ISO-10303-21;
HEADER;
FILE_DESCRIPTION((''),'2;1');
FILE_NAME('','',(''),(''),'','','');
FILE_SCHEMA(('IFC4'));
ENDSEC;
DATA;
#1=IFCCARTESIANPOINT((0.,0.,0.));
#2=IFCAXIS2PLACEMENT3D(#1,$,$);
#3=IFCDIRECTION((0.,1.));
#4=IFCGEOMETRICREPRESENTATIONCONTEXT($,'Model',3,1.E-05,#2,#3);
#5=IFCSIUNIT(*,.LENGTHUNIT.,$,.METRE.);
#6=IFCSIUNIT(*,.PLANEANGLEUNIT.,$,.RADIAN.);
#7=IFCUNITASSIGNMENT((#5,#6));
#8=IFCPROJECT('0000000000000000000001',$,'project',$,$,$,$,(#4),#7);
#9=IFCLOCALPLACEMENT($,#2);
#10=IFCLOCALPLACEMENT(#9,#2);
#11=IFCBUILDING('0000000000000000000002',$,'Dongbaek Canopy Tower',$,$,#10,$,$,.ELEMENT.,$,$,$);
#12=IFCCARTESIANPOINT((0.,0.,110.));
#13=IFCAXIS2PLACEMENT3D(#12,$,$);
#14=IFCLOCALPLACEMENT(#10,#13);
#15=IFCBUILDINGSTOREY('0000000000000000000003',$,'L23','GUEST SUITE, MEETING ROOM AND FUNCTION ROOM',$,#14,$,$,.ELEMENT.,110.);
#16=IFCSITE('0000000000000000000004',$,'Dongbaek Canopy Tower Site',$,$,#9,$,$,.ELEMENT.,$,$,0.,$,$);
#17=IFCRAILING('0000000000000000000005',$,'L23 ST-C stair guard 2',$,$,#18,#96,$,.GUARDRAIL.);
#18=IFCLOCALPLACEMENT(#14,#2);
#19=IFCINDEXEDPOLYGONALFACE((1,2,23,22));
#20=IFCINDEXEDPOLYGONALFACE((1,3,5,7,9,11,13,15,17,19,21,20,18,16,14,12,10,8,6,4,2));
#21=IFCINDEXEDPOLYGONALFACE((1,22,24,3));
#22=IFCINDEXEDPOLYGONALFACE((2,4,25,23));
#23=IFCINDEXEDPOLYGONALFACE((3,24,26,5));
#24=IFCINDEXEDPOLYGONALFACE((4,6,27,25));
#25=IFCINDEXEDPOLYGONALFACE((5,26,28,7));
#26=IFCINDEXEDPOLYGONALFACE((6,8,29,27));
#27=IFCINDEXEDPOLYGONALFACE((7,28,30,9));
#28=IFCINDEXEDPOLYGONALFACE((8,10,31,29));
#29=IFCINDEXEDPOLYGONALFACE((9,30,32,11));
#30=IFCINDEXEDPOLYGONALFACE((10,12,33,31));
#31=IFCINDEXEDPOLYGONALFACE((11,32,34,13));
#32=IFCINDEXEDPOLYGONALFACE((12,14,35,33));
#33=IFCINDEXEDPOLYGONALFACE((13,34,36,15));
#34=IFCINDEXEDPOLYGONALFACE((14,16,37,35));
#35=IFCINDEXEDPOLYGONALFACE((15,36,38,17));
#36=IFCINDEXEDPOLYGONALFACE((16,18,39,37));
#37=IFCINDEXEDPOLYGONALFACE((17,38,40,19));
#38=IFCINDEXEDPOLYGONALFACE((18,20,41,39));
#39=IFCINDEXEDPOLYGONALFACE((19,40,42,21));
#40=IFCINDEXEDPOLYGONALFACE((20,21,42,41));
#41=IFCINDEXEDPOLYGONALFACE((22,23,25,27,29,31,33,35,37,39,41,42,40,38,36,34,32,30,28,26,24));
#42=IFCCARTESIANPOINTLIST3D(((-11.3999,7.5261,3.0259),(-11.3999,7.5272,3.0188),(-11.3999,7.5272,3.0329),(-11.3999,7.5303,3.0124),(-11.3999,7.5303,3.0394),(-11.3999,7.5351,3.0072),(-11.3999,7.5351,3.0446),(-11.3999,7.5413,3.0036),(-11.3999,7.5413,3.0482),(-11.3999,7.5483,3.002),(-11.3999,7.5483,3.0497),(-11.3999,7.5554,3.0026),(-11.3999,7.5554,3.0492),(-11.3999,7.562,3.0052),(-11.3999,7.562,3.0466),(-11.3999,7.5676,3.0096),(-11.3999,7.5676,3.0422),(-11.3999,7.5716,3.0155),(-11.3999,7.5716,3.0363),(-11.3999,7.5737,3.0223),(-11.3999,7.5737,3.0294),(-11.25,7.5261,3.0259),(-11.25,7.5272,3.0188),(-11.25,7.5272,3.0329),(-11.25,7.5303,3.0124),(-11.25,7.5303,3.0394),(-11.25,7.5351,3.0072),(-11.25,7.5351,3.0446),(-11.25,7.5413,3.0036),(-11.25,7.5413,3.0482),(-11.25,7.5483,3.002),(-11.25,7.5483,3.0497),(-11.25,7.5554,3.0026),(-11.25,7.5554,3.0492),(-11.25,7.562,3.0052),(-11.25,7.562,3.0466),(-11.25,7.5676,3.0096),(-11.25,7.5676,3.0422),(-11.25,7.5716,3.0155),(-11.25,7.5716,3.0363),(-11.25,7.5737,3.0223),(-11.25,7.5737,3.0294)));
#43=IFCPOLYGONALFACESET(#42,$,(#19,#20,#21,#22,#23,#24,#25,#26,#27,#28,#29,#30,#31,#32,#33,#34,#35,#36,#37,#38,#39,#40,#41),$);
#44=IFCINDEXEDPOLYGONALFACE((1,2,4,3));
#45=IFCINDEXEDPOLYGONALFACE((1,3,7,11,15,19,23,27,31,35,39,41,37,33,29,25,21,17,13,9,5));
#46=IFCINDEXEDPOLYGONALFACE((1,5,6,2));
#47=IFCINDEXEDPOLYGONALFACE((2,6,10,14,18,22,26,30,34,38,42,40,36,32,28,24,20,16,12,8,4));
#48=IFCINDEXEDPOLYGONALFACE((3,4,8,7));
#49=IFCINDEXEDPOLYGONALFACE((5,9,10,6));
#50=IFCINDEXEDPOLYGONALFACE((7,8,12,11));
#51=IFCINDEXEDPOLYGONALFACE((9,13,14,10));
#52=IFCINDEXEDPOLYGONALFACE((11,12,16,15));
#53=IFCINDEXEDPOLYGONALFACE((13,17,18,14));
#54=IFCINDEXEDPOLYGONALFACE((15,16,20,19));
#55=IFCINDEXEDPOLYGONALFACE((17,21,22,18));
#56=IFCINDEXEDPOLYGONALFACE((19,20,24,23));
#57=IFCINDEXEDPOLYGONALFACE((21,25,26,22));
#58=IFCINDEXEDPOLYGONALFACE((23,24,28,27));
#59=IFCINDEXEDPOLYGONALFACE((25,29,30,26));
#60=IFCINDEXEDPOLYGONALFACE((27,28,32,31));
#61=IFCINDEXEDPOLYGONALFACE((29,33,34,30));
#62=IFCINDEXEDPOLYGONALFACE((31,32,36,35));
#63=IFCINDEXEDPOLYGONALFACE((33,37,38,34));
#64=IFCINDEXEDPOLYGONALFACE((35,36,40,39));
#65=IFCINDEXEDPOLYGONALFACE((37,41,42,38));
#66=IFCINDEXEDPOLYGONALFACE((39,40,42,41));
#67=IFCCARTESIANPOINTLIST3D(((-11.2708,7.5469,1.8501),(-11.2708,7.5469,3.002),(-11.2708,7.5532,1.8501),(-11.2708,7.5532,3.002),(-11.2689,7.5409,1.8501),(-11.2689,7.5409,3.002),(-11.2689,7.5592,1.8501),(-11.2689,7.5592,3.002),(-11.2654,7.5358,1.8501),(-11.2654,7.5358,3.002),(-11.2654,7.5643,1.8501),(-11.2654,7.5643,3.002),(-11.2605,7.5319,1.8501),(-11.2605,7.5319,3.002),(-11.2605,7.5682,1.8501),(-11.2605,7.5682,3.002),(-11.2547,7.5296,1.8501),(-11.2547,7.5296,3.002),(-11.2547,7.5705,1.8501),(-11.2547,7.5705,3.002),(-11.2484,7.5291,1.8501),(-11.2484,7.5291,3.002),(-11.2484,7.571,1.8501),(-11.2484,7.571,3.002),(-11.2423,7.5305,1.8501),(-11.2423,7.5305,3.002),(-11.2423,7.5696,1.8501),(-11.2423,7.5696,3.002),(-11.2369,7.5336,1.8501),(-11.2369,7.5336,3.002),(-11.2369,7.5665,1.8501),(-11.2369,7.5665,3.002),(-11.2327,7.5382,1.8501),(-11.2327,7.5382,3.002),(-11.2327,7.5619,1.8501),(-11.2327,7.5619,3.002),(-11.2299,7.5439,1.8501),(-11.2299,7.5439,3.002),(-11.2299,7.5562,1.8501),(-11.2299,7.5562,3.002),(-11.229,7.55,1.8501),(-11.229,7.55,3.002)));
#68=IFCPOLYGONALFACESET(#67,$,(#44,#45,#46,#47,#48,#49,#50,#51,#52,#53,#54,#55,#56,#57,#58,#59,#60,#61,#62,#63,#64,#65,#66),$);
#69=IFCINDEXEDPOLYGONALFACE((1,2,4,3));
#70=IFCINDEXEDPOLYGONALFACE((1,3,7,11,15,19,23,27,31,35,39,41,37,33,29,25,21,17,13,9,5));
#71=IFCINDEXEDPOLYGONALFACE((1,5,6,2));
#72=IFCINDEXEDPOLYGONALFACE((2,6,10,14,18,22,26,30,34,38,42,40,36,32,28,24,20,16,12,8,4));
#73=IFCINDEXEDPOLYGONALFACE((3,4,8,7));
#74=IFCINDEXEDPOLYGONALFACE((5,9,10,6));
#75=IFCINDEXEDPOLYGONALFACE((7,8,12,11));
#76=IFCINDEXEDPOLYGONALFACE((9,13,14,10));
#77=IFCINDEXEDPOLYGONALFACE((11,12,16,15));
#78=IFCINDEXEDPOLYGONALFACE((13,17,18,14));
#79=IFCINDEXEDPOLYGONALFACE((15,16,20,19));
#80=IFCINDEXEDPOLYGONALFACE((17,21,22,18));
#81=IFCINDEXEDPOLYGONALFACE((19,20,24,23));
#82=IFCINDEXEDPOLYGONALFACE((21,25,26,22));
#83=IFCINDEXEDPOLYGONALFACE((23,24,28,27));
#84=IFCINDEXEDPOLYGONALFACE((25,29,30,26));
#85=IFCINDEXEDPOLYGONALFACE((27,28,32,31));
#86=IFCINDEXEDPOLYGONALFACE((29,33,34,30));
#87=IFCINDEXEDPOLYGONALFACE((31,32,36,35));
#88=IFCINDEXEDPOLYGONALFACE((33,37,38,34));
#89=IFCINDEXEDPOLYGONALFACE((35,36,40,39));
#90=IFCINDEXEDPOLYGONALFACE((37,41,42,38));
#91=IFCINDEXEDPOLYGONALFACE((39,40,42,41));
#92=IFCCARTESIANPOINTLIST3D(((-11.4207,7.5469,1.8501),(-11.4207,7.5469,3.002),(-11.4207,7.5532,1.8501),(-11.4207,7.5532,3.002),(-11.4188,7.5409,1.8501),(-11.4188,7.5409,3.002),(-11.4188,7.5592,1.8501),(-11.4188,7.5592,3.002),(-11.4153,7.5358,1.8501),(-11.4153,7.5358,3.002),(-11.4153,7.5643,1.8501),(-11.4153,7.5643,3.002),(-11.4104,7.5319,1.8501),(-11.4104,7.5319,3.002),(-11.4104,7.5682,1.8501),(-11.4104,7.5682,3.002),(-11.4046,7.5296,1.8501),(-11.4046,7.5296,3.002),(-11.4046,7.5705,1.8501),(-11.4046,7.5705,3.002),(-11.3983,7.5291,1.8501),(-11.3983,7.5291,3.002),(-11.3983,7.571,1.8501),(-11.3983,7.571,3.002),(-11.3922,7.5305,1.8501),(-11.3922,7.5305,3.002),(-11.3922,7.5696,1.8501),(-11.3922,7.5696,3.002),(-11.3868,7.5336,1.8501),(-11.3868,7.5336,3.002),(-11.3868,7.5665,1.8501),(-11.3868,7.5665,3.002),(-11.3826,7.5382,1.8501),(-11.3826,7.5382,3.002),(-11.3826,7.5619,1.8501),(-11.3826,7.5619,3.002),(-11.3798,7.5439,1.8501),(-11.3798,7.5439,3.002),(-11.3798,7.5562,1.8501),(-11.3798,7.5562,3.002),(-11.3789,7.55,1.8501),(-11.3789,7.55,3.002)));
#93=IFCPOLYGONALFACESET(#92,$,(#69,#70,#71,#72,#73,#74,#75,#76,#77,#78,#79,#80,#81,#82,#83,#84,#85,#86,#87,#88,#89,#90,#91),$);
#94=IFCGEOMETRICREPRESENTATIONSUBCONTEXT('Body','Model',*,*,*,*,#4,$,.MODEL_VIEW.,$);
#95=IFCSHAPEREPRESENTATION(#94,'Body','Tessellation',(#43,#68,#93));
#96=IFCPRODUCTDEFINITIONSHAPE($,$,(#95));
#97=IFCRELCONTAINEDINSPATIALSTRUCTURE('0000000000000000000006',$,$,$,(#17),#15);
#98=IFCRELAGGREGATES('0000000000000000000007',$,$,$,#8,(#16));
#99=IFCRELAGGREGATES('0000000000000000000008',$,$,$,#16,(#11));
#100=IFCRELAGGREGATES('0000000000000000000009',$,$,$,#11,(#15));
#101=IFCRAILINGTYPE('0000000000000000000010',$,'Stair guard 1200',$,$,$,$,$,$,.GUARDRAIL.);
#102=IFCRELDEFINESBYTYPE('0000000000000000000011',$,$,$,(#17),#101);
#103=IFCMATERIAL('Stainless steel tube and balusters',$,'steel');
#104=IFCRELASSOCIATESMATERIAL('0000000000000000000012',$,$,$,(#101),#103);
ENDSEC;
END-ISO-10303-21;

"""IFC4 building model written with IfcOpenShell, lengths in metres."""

from ifc_helpers import new_model, si_unit, direction, frame, origin, origin_2d, place, context, subcontext, project, spatial, circle, extrude, material, type_object, element, save


model = new_model("IFC4")

# Units and contexts
model_context = context("Model", 3, precision=1e-05, world=origin(), true_north=direction((0.0, 1.0)))
body_context = subcontext(model_context, "Body", "Model", "MODEL_VIEW")
ifc_project = project(units=[si_unit("LENGTHUNIT", "METRE"), si_unit("PLANEANGLEUNIT", "RADIAN")], contexts=[model_context])

# Site, building, storey
site_placement = place(None, origin())
site = spatial("IfcSite", under=ifc_project, at=site_placement, Name="Dongbaek Canopy Tower Site", CompositionType="ELEMENT", RefElevation=0.0)
building_placement = place(site_placement, origin())
building = spatial("IfcBuilding", under=site, at=building_placement, Name="Dongbaek Canopy Tower", CompositionType="ELEMENT")
storey_placement = place(building_placement, frame((0.0, 0.0, 110.0)))
storey = spatial("IfcBuildingStorey", under=building, at=storey_placement, Name="L23", Description="GUEST SUITE, MEETING ROOM AND FUNCTION ROOM", CompositionType="ELEMENT", Elevation=110.0)

# Railing
ifc_material_1 = material(Name="Stainless steel tube and balusters", Category="steel")
railing_type_1 = type_object("IfcRailingType", Name="Stair guard 1200", PredefinedType="GUARDRAIL", material=ifc_material_1)
railing_1_placement = place(storey_placement, frame((-11.25, 7.55, 1.8501)))
element("IfcRailing", 1, at=railing_1_placement, inside=storey, type_object=railing_type_1, Name="L23 ST-C stair guard 2", PredefinedType="GUARDRAIL", context=body_context, shape_type="SweptSolid", body=[
    extrude(circle(Radius=0.0239, at=origin_2d()), frame((0.0, 0.0, 1.1758), z_axis=(-1.0, 0.0, 0.0), x_axis=(0.0, -1.0, 0.0)), (0.0, 0.0, 1.0), 0.1499),
    extrude(circle(Radius=0.021, at=origin_2d()), origin(), (0.0, 0.0, 1.0), 1.1519),
    extrude(circle(Radius=0.021, at=origin_2d()), frame((-0.1499, 0.0, 0.0)), (0.0, 0.0, 1.0), 1.1519),
])

save(model, "model.ifc")
